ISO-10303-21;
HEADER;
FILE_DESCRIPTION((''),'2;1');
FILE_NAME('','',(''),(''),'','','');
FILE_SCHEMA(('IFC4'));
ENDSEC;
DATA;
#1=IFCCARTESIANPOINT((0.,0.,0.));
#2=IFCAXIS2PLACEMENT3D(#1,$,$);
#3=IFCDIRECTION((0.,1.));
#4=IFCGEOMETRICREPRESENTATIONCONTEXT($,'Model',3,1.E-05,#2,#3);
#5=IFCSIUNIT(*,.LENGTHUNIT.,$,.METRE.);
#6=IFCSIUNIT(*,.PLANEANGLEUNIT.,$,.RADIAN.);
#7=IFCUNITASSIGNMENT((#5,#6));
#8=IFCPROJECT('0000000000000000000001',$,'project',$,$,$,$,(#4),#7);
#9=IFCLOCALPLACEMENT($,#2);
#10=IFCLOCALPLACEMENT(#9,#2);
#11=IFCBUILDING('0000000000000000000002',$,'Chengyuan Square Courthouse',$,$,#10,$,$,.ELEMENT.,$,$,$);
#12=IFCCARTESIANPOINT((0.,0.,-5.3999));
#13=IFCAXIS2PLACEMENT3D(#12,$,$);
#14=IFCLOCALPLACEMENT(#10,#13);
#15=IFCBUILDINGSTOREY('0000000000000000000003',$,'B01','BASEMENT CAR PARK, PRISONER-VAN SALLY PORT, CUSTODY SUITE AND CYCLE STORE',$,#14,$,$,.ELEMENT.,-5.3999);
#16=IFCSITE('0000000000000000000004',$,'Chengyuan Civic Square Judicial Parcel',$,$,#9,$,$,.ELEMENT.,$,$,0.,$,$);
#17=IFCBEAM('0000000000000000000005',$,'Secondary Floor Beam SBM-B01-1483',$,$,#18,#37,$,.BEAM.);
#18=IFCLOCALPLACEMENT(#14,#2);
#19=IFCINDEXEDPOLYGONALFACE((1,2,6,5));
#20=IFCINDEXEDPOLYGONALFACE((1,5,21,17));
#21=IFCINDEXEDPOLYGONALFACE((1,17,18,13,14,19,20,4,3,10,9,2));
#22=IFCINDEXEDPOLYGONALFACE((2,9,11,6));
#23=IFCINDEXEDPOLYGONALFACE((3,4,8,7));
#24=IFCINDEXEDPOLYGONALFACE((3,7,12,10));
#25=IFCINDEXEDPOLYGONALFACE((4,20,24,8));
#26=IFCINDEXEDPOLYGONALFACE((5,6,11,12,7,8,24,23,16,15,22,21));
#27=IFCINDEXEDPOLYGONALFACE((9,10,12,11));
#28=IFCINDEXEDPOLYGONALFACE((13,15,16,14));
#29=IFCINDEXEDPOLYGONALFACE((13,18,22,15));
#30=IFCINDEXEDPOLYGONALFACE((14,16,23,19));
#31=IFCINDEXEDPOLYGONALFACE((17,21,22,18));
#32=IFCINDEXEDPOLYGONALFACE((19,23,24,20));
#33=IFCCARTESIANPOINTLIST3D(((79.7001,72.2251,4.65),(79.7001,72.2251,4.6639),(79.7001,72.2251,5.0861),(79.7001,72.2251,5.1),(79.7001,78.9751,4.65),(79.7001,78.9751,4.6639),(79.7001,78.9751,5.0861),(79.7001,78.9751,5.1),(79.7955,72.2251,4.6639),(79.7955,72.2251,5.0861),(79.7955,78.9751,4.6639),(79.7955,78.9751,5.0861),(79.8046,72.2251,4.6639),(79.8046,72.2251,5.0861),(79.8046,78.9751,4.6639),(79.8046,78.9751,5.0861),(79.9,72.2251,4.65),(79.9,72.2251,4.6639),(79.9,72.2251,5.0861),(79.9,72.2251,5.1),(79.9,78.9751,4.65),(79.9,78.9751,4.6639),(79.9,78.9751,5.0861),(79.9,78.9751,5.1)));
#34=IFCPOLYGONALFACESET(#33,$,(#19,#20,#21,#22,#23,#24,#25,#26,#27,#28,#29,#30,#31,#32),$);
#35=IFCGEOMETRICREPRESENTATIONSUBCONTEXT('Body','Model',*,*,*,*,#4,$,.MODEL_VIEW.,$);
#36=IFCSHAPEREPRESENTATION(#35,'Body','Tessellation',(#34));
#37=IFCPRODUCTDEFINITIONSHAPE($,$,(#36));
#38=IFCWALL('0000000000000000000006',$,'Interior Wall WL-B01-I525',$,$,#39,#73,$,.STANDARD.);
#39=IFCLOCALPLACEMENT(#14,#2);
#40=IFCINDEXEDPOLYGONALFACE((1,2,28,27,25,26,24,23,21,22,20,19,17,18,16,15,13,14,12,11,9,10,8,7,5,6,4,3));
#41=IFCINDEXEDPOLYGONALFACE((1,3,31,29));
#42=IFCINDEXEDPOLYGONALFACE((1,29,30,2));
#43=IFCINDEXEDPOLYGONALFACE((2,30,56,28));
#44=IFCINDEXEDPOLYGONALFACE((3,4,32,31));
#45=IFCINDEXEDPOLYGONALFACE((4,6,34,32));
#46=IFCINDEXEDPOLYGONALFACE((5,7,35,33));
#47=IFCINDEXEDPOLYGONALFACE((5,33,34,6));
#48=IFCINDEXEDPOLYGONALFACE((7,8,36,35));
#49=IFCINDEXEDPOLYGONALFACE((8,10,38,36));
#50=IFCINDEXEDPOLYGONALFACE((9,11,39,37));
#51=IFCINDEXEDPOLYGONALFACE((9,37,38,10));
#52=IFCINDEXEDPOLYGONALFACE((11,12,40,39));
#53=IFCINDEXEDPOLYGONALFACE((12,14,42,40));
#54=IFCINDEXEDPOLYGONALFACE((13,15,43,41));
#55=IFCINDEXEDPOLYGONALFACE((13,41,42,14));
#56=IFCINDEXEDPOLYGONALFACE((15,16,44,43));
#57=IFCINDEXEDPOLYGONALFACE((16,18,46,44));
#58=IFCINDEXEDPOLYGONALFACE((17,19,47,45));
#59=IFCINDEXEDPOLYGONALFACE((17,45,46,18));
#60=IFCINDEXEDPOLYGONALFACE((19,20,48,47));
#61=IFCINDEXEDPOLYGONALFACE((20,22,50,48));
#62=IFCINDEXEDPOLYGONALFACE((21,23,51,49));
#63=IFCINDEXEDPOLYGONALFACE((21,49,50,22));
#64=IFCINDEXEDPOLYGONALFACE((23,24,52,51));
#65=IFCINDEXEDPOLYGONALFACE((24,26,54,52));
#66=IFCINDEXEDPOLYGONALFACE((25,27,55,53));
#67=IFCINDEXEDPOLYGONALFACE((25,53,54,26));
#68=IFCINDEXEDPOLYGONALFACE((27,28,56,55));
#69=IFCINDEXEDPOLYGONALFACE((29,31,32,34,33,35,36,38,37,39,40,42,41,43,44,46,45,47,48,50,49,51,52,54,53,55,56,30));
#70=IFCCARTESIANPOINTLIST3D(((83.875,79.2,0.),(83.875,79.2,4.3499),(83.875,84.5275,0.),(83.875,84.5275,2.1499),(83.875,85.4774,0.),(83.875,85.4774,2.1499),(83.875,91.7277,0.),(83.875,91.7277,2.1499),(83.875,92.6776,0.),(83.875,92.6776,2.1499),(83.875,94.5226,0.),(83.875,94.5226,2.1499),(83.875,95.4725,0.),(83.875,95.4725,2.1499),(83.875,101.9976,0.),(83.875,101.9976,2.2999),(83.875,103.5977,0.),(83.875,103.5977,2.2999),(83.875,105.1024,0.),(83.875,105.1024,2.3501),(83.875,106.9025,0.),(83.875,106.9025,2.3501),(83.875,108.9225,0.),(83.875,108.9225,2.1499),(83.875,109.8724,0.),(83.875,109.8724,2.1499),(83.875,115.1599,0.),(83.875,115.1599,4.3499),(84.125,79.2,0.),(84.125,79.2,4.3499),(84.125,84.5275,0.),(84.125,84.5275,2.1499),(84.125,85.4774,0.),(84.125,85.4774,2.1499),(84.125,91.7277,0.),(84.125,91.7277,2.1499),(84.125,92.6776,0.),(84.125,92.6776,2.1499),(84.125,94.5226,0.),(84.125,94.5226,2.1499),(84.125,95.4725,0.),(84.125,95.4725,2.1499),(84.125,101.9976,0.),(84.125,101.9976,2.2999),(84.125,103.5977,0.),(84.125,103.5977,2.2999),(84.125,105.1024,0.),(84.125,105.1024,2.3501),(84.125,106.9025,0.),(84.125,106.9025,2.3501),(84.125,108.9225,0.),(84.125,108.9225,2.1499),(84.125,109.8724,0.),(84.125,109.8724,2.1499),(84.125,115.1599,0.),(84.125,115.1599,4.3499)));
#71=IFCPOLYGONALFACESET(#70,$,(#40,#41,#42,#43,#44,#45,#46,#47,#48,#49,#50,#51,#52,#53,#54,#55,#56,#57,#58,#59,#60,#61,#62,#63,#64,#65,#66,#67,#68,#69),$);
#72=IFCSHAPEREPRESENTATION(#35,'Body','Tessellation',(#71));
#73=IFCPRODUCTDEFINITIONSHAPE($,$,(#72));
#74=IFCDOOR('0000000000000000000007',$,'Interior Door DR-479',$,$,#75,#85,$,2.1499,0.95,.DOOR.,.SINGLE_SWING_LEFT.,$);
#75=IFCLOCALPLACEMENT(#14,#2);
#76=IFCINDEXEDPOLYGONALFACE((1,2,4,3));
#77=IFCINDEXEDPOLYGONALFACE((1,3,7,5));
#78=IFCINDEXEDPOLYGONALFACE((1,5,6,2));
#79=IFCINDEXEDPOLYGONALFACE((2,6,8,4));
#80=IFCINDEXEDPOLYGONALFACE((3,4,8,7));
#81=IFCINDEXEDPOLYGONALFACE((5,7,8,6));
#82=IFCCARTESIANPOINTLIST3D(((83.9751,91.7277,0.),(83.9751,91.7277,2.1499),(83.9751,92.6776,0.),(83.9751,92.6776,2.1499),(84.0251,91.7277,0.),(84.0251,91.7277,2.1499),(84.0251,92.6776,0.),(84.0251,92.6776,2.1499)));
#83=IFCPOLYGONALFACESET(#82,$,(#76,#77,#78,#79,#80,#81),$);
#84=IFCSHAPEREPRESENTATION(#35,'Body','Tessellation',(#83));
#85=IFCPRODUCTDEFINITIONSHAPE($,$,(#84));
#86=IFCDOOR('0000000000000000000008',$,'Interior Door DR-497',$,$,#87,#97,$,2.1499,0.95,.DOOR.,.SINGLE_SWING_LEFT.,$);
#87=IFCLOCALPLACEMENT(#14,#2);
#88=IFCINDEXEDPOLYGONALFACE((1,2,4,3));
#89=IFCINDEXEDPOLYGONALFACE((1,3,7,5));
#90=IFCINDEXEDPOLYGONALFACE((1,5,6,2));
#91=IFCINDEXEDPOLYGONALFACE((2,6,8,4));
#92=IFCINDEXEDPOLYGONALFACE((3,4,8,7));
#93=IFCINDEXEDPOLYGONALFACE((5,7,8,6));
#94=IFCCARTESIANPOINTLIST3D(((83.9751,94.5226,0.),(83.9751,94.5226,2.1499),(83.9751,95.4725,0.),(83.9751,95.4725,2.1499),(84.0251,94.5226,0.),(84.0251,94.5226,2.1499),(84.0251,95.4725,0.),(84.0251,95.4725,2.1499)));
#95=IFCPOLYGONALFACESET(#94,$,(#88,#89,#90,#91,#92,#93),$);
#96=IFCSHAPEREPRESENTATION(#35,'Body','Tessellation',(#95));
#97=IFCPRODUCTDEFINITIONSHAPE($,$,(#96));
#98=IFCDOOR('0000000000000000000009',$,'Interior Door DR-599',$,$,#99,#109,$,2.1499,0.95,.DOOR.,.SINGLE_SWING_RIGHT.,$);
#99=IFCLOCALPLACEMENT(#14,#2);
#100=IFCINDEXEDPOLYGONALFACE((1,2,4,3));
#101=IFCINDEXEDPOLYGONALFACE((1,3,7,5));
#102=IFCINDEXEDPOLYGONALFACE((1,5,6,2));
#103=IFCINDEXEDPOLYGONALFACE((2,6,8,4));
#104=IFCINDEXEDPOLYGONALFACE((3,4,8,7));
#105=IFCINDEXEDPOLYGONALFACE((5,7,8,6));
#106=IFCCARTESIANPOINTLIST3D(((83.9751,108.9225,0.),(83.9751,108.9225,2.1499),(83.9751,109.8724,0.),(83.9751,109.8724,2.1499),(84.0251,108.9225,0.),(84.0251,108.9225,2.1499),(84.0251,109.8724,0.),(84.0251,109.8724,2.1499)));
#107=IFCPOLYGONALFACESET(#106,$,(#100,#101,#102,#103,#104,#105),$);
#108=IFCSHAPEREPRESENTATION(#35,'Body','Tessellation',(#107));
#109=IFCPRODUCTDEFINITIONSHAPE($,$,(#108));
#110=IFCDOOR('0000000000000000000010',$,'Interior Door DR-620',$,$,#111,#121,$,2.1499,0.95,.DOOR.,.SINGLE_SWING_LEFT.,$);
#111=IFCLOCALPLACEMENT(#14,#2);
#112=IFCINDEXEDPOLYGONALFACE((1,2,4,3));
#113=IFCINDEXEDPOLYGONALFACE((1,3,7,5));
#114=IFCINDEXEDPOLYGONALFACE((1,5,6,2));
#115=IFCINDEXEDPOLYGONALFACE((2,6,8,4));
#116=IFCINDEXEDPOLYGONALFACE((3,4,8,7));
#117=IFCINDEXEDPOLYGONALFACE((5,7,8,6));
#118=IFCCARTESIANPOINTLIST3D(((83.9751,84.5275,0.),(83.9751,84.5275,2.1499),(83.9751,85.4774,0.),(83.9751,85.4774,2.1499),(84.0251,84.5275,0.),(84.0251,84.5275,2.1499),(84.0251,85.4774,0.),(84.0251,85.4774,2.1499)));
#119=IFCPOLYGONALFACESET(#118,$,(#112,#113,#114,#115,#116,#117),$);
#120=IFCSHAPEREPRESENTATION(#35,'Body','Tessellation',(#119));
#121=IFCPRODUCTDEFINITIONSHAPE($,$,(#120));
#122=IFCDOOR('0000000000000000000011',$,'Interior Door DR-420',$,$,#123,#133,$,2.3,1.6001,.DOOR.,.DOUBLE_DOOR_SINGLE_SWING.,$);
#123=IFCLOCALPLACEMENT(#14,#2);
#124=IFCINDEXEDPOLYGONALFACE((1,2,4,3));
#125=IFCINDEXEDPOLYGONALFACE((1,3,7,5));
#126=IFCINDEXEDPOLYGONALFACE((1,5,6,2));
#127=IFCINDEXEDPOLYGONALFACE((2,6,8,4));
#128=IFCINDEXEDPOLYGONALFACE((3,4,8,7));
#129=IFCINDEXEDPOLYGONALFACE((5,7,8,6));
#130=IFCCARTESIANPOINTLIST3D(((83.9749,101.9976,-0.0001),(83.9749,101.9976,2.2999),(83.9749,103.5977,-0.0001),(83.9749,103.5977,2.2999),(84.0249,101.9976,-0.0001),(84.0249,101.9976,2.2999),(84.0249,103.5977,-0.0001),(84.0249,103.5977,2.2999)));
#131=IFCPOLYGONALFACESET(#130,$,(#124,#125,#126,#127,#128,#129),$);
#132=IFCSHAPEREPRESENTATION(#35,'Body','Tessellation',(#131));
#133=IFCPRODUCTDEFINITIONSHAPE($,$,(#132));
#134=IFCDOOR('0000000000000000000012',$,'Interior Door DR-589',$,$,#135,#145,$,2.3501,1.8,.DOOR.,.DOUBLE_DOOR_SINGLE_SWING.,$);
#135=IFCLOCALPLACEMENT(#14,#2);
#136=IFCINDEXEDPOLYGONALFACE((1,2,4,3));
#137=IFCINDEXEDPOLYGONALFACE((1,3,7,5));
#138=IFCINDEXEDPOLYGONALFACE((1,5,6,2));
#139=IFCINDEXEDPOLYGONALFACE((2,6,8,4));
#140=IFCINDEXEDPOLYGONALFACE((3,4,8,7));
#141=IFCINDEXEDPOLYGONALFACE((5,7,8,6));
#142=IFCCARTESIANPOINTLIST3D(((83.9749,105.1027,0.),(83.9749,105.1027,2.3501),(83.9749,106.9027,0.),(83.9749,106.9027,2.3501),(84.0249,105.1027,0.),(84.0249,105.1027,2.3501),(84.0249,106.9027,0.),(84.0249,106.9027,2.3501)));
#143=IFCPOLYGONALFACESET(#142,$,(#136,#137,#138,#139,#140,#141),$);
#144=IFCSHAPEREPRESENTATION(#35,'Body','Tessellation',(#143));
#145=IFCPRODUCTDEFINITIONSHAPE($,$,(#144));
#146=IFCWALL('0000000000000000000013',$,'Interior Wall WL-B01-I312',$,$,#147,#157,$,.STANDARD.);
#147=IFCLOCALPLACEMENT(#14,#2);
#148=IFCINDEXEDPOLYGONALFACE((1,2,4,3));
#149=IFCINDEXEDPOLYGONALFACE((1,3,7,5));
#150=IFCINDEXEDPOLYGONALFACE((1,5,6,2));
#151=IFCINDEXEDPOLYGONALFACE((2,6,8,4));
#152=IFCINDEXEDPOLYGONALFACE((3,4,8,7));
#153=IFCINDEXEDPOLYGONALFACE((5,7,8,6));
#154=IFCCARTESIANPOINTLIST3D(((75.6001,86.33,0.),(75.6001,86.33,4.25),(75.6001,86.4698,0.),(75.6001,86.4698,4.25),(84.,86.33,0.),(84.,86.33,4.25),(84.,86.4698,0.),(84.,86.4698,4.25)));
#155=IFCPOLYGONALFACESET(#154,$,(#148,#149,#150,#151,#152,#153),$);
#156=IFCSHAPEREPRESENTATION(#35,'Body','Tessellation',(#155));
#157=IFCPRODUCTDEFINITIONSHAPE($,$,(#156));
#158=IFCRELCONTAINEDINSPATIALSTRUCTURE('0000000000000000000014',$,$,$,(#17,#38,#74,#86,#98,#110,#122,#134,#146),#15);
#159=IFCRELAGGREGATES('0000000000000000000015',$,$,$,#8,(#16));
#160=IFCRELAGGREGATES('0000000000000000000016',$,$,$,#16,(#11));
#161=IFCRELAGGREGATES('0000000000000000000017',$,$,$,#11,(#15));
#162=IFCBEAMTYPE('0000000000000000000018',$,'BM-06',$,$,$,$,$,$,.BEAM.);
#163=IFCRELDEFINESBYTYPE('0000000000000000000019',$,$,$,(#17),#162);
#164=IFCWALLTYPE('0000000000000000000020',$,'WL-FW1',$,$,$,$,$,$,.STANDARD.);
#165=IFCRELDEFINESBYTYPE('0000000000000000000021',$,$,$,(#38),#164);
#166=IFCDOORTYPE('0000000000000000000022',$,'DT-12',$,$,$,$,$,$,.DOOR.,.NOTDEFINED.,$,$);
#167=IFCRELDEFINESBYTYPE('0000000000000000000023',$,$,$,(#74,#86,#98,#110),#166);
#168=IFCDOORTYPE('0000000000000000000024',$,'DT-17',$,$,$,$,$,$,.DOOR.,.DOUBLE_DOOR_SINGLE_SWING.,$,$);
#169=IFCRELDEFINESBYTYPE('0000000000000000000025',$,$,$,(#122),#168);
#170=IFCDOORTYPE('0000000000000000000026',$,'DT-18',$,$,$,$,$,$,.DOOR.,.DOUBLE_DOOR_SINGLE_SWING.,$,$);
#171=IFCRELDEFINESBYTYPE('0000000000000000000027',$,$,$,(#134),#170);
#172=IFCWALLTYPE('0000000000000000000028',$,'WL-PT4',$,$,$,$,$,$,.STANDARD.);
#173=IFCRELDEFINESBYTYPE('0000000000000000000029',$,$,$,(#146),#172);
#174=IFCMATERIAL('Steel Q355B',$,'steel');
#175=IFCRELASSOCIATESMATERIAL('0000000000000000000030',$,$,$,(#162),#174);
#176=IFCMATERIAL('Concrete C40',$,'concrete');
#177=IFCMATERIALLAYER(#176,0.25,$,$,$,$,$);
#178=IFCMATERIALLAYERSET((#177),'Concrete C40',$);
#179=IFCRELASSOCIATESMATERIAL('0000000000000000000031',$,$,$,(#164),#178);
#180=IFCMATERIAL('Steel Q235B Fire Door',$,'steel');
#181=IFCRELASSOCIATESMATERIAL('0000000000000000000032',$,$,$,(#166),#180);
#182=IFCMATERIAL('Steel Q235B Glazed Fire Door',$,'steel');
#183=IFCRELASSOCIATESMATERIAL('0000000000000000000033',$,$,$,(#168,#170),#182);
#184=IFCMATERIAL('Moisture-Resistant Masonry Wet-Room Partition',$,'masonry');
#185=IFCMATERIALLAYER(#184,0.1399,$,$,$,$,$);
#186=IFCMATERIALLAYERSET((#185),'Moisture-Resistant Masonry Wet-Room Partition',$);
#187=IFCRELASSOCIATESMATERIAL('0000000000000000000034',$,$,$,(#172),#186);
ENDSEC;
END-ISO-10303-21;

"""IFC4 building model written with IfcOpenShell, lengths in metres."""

from ifc_helpers import new_model, si_unit, direction, frame, frame_2d, origin, origin_2d, place, context, subcontext, project, spatial, rectangle, i_section, extrude, material, layer, layer_set, material_profile, profile_set, type_object, element, fill, save


model = new_model("IFC4")

# Units and contexts
model_context = context("Model", 3, precision=1e-05, world=origin(), true_north=direction((0.0, 1.0)))
body_context = subcontext(model_context, "Body", "Model", "MODEL_VIEW")
ifc_project = project(units=[si_unit("LENGTHUNIT", "METRE"), si_unit("PLANEANGLEUNIT", "RADIAN")], contexts=[model_context])

# Site, building, storey
site_placement = place(None, origin())
site = spatial("IfcSite", under=ifc_project, at=site_placement, Name="Chengyuan Civic Square Judicial Parcel", CompositionType="ELEMENT", RefElevation=0.0)
building_placement = place(site_placement, origin())
building = spatial("IfcBuilding", under=site, at=building_placement, Name="Chengyuan Square Courthouse", CompositionType="ELEMENT")
storey_placement = place(building_placement, frame((0.0, 0.0, -5.3999)))
storey = spatial("IfcBuildingStorey", under=building, at=storey_placement, Name="B01", Description="BASEMENT CAR PARK, PRISONER-VAN SALLY PORT, CUSTODY SUITE AND CYCLE STORE", CompositionType="ELEMENT", Elevation=-5.3999)

# Beam
ifc_material_1 = material(Name="Concrete C40", Category="concrete")
ifc_material_2 = material(Name="Steel Q355B", Category="steel")
ifc_material_profile_1 = material_profile(ifc_material_2, i_section(OverallWidth=0.2, OverallDepth=0.45, WebThickness=0.009, FlangeThickness=0.0139, at=origin_2d()), Name="HN 450x200x9x14")
ifc_profile_set_1 = profile_set([ifc_material_profile_1], Name="Steel Q355B")
beam_type_1 = type_object("IfcBeamType", Name="BM-06", PredefinedType="BEAM", material=ifc_profile_set_1)
beam_1_placement = place(storey_placement, frame((79.8, 72.2251, 4.875), z_axis=(0.0, 1.0, 0.0), x_axis=(-1.0, 0.0, 0.0)))
element("IfcBeam", 1, at=beam_1_placement, inside=storey, type_object=beam_type_1, Name="Secondary Floor Beam SBM-B01-1483", PredefinedType="BEAM", context=body_context, shape_type="SweptSolid", body=[
    extrude(i_section(OverallWidth=0.2, OverallDepth=0.45, WebThickness=0.009, FlangeThickness=0.0139, at=origin_2d()), origin(), (0.0, 0.0, 1.0), 6.75),
])

# Wall, openings, doors
ifc_layer_1 = layer(ifc_material_1, 0.25)
ifc_layer_set_1 = layer_set([ifc_layer_1], Name="Concrete C40")
wall_type_1 = type_object("IfcWallType", Name="WL-FW1", PredefinedType="STANDARD", material=ifc_layer_set_1)
wall_1_placement = place(storey_placement, frame((84.0, 79.2, 0.0), z_axis=(0.0, 0.0, 1.0), x_axis=(0.0, 1.0, 0.0)))
wall_1 = element("IfcWall", 2, at=wall_1_placement, inside=storey, type_object=wall_type_1, Name="Interior Wall WL-B01-I525", PredefinedType="STANDARD", context=body_context, shape_type="SweptSolid", body=[
    extrude(rectangle(XDim=35.96, YDim=0.25, at=frame_2d((17.98, 0.0))), origin(), (0.0, 0.0, 1.0), 4.3499),
])
opening_1_placement = place(wall_1_placement, frame((22.7976, 0.0, 0.0)))
opening_1 = element("IfcOpeningElement", 3, at=opening_1_placement, cuts=wall_1, PredefinedType="OPENING", context=body_context, shape_type="SweptSolid", body=[
    extrude(rectangle(XDim=1.6001, YDim=2.3, at=frame_2d((0.8, 1.1499))), frame((0.0, 0.137, 0.0), z_axis=(0.0, -1.0, 0.0), x_axis=(1.0, 0.0, 0.0)), (0.0, 0.0, 1.0), 0.2739),
])
opening_2_placement = place(wall_1_placement, frame((12.5276, 0.0, 0.0)))
opening_2 = element("IfcOpeningElement", 4, at=opening_2_placement, cuts=wall_1, PredefinedType="OPENING", context=body_context, shape_type="SweptSolid", body=[
    extrude(rectangle(XDim=0.95, YDim=2.1499, at=frame_2d((0.4751, 1.075))), frame((0.0, 0.137, 0.0), z_axis=(0.0, -1.0, 0.0), x_axis=(1.0, 0.0, 0.0)), (0.0, 0.0, 1.0), 0.2739),
])
opening_3_placement = place(wall_1_placement, frame((15.3225, 0.0, 0.0)))
opening_3 = element("IfcOpeningElement", 5, at=opening_3_placement, cuts=wall_1, PredefinedType="OPENING", context=body_context, shape_type="SweptSolid", body=[
    extrude(rectangle(XDim=0.95, YDim=2.1499, at=frame_2d((0.4751, 1.075))), frame((0.0, 0.137, 0.0), z_axis=(0.0, -1.0, 0.0), x_axis=(1.0, 0.0, 0.0)), (0.0, 0.0, 1.0), 0.2739),
])
opening_4_placement = place(wall_1_placement, frame((25.9026, 0.0, 0.0)))
opening_4 = element("IfcOpeningElement", 6, at=opening_4_placement, cuts=wall_1, PredefinedType="OPENING", context=body_context, shape_type="SweptSolid", body=[
    extrude(rectangle(XDim=1.8, YDim=2.3501, at=frame_2d((0.8999, 1.175))), frame((0.0, 0.137, 0.0), z_axis=(0.0, -1.0, 0.0), x_axis=(1.0, 0.0, 0.0)), (0.0, 0.0, 1.0), 0.2739),
])
opening_5_placement = place(wall_1_placement, frame((29.7224, 0.0, 0.0)))
opening_5 = element("IfcOpeningElement", 7, at=opening_5_placement, cuts=wall_1, PredefinedType="OPENING", context=body_context, shape_type="SweptSolid", body=[
    extrude(rectangle(XDim=0.95, YDim=2.1499, at=frame_2d((0.4751, 1.075))), frame((0.0, 0.137, 0.0), z_axis=(0.0, -1.0, 0.0), x_axis=(1.0, 0.0, 0.0)), (0.0, 0.0, 1.0), 0.2739),
])
opening_6_placement = place(wall_1_placement, frame((5.3274, 0.0, 0.0)))
opening_6 = element("IfcOpeningElement", 8, at=opening_6_placement, cuts=wall_1, PredefinedType="OPENING", context=body_context, shape_type="SweptSolid", body=[
    extrude(rectangle(XDim=0.95, YDim=2.1499, at=frame_2d((0.4751, 1.075))), frame((0.0, 0.137, 0.0), z_axis=(0.0, -1.0, 0.0), x_axis=(1.0, 0.0, 0.0)), (0.0, 0.0, 1.0), 0.2739),
])
ifc_material_3 = material(Name="Steel Q235B Fire Door", Category="steel")
door_type_1 = type_object("IfcDoorType", Name="DT-12", OperationType="NOTDEFINED", PredefinedType="DOOR", material=ifc_material_3)
door_1_placement = place(opening_2_placement, origin())
door_1 = element("IfcDoor", 9, at=door_1_placement, inside=storey, type_object=door_type_1, Name="Interior Door DR-479", OperationType="SINGLE_SWING_LEFT", OverallHeight=2.1499, OverallWidth=0.95, PredefinedType="DOOR", context=body_context, shape_type="SweptSolid", body=[
    extrude(rectangle(XDim=0.95, YDim=2.1499, at=frame_2d((0.4751, 1.075))), frame((0.0, 0.0249, 0.0), z_axis=(0.0, -1.0, 0.0), x_axis=(1.0, 0.0, 0.0)), (0.0, 0.0, 1.0), 0.05),
])
fill(opening_2, door_1)
door_2_placement = place(opening_3_placement, origin())
door_2 = element("IfcDoor", 10, at=door_2_placement, inside=storey, type_object=door_type_1, Name="Interior Door DR-497", OperationType="SINGLE_SWING_LEFT", OverallHeight=2.1499, OverallWidth=0.95, PredefinedType="DOOR", context=body_context, shape_type="SweptSolid", body=[
    extrude(rectangle(XDim=0.95, YDim=2.1499, at=frame_2d((0.4751, 1.075))), frame((0.0, 0.0249, 0.0), z_axis=(0.0, -1.0, 0.0), x_axis=(1.0, 0.0, 0.0)), (0.0, 0.0, 1.0), 0.05),
])
fill(opening_3, door_2)
door_3_placement = place(opening_5_placement, origin())
door_3 = element("IfcDoor", 11, at=door_3_placement, inside=storey, type_object=door_type_1, Name="Interior Door DR-599", OperationType="SINGLE_SWING_RIGHT", OverallHeight=2.1499, OverallWidth=0.95, PredefinedType="DOOR", context=body_context, shape_type="SweptSolid", body=[
    extrude(rectangle(XDim=0.95, YDim=2.1499, at=frame_2d((0.4751, 1.075))), frame((0.0, 0.0249, 0.0), z_axis=(0.0, -1.0, 0.0), x_axis=(1.0, 0.0, 0.0)), (0.0, 0.0, 1.0), 0.05),
])
fill(opening_5, door_3)
door_4_placement = place(opening_6_placement, origin())
door_4 = element("IfcDoor", 12, at=door_4_placement, inside=storey, type_object=door_type_1, Name="Interior Door DR-620", OperationType="SINGLE_SWING_LEFT", OverallHeight=2.1499, OverallWidth=0.95, PredefinedType="DOOR", context=body_context, shape_type="SweptSolid", body=[
    extrude(rectangle(XDim=0.95, YDim=2.1499, at=frame_2d((0.4751, 1.075))), frame((0.0, 0.0249, 0.0), z_axis=(0.0, -1.0, 0.0), x_axis=(1.0, 0.0, 0.0)), (0.0, 0.0, 1.0), 0.05),
])
fill(opening_6, door_4)
ifc_material_4 = material(Name="Steel Q235B Glazed Fire Door", Category="steel")
door_type_2 = type_object("IfcDoorType", Name="DT-17", OperationType="DOUBLE_DOOR_SINGLE_SWING", PredefinedType="DOOR", material=ifc_material_4)
door_5_placement = place(opening_1_placement, frame((1.6001, 0.0, 0.0), z_axis=(0.0, 0.0, 1.0), x_axis=(-1.0, 0.0, 0.0)))
door_5 = element("IfcDoor", 13, at=door_5_placement, inside=storey, type_object=door_type_2, Name="Interior Door DR-420", OperationType="DOUBLE_DOOR_SINGLE_SWING", OverallHeight=2.3, OverallWidth=1.6001, PredefinedType="DOOR", context=body_context, shape_type="SweptSolid", body=[
    extrude(rectangle(XDim=1.6001, YDim=2.3, at=frame_2d((0.8, 1.1499))), frame((0.0, 0.0249, 0.0), z_axis=(0.0, -1.0, 0.0), x_axis=(1.0, 0.0, 0.0)), (0.0, 0.0, 1.0), 0.05),
])
fill(opening_1, door_5)
door_type_3 = type_object("IfcDoorType", Name="DT-18", OperationType="DOUBLE_DOOR_SINGLE_SWING", PredefinedType="DOOR", material=ifc_material_4)
door_6_placement = place(opening_4_placement, frame((1.8, 0.0, 0.0), z_axis=(0.0, 0.0, 1.0), x_axis=(-1.0, 0.0, 0.0)))
door_6 = element("IfcDoor", 14, at=door_6_placement, inside=storey, type_object=door_type_3, Name="Interior Door DR-589", OperationType="DOUBLE_DOOR_SINGLE_SWING", OverallHeight=2.3501, OverallWidth=1.8, PredefinedType="DOOR", context=body_context, shape_type="SweptSolid", body=[
    extrude(rectangle(XDim=1.8, YDim=2.3501, at=frame_2d((0.8999, 1.175))), frame((0.0, 0.0249, 0.0), z_axis=(0.0, -1.0, 0.0), x_axis=(1.0, 0.0, 0.0)), (0.0, 0.0, 1.0), 0.05),
])
fill(opening_4, door_6)

# Wall
ifc_material_5 = material(Name="Moisture-Resistant Masonry Wet-Room Partition", Category="masonry")
ifc_layer_2 = layer(ifc_material_5, 0.1399)
ifc_layer_set_2 = layer_set([ifc_layer_2], Name="Moisture-Resistant Masonry Wet-Room Partition")
wall_type_2 = type_object("IfcWallType", Name="WL-PT4", PredefinedType="STANDARD", material=ifc_layer_set_2)
wall_2_placement = place(storey_placement, frame((75.6001, 86.3999, 0.0), z_axis=(0.0, 0.0, 1.0), x_axis=(1.0, 0.0, 0.0)))
element("IfcWall", 15, at=wall_2_placement, inside=storey, type_object=wall_type_2, Name="Interior Wall WL-B01-I312", PredefinedType="STANDARD", context=body_context, shape_type="SweptSolid", body=[
    extrude(rectangle(XDim=8.3999, YDim=0.1399, at=frame_2d((4.2, 0.0))), origin(), (0.0, 0.0, 1.0), 4.25),
])

save(model, "model.ifc")
